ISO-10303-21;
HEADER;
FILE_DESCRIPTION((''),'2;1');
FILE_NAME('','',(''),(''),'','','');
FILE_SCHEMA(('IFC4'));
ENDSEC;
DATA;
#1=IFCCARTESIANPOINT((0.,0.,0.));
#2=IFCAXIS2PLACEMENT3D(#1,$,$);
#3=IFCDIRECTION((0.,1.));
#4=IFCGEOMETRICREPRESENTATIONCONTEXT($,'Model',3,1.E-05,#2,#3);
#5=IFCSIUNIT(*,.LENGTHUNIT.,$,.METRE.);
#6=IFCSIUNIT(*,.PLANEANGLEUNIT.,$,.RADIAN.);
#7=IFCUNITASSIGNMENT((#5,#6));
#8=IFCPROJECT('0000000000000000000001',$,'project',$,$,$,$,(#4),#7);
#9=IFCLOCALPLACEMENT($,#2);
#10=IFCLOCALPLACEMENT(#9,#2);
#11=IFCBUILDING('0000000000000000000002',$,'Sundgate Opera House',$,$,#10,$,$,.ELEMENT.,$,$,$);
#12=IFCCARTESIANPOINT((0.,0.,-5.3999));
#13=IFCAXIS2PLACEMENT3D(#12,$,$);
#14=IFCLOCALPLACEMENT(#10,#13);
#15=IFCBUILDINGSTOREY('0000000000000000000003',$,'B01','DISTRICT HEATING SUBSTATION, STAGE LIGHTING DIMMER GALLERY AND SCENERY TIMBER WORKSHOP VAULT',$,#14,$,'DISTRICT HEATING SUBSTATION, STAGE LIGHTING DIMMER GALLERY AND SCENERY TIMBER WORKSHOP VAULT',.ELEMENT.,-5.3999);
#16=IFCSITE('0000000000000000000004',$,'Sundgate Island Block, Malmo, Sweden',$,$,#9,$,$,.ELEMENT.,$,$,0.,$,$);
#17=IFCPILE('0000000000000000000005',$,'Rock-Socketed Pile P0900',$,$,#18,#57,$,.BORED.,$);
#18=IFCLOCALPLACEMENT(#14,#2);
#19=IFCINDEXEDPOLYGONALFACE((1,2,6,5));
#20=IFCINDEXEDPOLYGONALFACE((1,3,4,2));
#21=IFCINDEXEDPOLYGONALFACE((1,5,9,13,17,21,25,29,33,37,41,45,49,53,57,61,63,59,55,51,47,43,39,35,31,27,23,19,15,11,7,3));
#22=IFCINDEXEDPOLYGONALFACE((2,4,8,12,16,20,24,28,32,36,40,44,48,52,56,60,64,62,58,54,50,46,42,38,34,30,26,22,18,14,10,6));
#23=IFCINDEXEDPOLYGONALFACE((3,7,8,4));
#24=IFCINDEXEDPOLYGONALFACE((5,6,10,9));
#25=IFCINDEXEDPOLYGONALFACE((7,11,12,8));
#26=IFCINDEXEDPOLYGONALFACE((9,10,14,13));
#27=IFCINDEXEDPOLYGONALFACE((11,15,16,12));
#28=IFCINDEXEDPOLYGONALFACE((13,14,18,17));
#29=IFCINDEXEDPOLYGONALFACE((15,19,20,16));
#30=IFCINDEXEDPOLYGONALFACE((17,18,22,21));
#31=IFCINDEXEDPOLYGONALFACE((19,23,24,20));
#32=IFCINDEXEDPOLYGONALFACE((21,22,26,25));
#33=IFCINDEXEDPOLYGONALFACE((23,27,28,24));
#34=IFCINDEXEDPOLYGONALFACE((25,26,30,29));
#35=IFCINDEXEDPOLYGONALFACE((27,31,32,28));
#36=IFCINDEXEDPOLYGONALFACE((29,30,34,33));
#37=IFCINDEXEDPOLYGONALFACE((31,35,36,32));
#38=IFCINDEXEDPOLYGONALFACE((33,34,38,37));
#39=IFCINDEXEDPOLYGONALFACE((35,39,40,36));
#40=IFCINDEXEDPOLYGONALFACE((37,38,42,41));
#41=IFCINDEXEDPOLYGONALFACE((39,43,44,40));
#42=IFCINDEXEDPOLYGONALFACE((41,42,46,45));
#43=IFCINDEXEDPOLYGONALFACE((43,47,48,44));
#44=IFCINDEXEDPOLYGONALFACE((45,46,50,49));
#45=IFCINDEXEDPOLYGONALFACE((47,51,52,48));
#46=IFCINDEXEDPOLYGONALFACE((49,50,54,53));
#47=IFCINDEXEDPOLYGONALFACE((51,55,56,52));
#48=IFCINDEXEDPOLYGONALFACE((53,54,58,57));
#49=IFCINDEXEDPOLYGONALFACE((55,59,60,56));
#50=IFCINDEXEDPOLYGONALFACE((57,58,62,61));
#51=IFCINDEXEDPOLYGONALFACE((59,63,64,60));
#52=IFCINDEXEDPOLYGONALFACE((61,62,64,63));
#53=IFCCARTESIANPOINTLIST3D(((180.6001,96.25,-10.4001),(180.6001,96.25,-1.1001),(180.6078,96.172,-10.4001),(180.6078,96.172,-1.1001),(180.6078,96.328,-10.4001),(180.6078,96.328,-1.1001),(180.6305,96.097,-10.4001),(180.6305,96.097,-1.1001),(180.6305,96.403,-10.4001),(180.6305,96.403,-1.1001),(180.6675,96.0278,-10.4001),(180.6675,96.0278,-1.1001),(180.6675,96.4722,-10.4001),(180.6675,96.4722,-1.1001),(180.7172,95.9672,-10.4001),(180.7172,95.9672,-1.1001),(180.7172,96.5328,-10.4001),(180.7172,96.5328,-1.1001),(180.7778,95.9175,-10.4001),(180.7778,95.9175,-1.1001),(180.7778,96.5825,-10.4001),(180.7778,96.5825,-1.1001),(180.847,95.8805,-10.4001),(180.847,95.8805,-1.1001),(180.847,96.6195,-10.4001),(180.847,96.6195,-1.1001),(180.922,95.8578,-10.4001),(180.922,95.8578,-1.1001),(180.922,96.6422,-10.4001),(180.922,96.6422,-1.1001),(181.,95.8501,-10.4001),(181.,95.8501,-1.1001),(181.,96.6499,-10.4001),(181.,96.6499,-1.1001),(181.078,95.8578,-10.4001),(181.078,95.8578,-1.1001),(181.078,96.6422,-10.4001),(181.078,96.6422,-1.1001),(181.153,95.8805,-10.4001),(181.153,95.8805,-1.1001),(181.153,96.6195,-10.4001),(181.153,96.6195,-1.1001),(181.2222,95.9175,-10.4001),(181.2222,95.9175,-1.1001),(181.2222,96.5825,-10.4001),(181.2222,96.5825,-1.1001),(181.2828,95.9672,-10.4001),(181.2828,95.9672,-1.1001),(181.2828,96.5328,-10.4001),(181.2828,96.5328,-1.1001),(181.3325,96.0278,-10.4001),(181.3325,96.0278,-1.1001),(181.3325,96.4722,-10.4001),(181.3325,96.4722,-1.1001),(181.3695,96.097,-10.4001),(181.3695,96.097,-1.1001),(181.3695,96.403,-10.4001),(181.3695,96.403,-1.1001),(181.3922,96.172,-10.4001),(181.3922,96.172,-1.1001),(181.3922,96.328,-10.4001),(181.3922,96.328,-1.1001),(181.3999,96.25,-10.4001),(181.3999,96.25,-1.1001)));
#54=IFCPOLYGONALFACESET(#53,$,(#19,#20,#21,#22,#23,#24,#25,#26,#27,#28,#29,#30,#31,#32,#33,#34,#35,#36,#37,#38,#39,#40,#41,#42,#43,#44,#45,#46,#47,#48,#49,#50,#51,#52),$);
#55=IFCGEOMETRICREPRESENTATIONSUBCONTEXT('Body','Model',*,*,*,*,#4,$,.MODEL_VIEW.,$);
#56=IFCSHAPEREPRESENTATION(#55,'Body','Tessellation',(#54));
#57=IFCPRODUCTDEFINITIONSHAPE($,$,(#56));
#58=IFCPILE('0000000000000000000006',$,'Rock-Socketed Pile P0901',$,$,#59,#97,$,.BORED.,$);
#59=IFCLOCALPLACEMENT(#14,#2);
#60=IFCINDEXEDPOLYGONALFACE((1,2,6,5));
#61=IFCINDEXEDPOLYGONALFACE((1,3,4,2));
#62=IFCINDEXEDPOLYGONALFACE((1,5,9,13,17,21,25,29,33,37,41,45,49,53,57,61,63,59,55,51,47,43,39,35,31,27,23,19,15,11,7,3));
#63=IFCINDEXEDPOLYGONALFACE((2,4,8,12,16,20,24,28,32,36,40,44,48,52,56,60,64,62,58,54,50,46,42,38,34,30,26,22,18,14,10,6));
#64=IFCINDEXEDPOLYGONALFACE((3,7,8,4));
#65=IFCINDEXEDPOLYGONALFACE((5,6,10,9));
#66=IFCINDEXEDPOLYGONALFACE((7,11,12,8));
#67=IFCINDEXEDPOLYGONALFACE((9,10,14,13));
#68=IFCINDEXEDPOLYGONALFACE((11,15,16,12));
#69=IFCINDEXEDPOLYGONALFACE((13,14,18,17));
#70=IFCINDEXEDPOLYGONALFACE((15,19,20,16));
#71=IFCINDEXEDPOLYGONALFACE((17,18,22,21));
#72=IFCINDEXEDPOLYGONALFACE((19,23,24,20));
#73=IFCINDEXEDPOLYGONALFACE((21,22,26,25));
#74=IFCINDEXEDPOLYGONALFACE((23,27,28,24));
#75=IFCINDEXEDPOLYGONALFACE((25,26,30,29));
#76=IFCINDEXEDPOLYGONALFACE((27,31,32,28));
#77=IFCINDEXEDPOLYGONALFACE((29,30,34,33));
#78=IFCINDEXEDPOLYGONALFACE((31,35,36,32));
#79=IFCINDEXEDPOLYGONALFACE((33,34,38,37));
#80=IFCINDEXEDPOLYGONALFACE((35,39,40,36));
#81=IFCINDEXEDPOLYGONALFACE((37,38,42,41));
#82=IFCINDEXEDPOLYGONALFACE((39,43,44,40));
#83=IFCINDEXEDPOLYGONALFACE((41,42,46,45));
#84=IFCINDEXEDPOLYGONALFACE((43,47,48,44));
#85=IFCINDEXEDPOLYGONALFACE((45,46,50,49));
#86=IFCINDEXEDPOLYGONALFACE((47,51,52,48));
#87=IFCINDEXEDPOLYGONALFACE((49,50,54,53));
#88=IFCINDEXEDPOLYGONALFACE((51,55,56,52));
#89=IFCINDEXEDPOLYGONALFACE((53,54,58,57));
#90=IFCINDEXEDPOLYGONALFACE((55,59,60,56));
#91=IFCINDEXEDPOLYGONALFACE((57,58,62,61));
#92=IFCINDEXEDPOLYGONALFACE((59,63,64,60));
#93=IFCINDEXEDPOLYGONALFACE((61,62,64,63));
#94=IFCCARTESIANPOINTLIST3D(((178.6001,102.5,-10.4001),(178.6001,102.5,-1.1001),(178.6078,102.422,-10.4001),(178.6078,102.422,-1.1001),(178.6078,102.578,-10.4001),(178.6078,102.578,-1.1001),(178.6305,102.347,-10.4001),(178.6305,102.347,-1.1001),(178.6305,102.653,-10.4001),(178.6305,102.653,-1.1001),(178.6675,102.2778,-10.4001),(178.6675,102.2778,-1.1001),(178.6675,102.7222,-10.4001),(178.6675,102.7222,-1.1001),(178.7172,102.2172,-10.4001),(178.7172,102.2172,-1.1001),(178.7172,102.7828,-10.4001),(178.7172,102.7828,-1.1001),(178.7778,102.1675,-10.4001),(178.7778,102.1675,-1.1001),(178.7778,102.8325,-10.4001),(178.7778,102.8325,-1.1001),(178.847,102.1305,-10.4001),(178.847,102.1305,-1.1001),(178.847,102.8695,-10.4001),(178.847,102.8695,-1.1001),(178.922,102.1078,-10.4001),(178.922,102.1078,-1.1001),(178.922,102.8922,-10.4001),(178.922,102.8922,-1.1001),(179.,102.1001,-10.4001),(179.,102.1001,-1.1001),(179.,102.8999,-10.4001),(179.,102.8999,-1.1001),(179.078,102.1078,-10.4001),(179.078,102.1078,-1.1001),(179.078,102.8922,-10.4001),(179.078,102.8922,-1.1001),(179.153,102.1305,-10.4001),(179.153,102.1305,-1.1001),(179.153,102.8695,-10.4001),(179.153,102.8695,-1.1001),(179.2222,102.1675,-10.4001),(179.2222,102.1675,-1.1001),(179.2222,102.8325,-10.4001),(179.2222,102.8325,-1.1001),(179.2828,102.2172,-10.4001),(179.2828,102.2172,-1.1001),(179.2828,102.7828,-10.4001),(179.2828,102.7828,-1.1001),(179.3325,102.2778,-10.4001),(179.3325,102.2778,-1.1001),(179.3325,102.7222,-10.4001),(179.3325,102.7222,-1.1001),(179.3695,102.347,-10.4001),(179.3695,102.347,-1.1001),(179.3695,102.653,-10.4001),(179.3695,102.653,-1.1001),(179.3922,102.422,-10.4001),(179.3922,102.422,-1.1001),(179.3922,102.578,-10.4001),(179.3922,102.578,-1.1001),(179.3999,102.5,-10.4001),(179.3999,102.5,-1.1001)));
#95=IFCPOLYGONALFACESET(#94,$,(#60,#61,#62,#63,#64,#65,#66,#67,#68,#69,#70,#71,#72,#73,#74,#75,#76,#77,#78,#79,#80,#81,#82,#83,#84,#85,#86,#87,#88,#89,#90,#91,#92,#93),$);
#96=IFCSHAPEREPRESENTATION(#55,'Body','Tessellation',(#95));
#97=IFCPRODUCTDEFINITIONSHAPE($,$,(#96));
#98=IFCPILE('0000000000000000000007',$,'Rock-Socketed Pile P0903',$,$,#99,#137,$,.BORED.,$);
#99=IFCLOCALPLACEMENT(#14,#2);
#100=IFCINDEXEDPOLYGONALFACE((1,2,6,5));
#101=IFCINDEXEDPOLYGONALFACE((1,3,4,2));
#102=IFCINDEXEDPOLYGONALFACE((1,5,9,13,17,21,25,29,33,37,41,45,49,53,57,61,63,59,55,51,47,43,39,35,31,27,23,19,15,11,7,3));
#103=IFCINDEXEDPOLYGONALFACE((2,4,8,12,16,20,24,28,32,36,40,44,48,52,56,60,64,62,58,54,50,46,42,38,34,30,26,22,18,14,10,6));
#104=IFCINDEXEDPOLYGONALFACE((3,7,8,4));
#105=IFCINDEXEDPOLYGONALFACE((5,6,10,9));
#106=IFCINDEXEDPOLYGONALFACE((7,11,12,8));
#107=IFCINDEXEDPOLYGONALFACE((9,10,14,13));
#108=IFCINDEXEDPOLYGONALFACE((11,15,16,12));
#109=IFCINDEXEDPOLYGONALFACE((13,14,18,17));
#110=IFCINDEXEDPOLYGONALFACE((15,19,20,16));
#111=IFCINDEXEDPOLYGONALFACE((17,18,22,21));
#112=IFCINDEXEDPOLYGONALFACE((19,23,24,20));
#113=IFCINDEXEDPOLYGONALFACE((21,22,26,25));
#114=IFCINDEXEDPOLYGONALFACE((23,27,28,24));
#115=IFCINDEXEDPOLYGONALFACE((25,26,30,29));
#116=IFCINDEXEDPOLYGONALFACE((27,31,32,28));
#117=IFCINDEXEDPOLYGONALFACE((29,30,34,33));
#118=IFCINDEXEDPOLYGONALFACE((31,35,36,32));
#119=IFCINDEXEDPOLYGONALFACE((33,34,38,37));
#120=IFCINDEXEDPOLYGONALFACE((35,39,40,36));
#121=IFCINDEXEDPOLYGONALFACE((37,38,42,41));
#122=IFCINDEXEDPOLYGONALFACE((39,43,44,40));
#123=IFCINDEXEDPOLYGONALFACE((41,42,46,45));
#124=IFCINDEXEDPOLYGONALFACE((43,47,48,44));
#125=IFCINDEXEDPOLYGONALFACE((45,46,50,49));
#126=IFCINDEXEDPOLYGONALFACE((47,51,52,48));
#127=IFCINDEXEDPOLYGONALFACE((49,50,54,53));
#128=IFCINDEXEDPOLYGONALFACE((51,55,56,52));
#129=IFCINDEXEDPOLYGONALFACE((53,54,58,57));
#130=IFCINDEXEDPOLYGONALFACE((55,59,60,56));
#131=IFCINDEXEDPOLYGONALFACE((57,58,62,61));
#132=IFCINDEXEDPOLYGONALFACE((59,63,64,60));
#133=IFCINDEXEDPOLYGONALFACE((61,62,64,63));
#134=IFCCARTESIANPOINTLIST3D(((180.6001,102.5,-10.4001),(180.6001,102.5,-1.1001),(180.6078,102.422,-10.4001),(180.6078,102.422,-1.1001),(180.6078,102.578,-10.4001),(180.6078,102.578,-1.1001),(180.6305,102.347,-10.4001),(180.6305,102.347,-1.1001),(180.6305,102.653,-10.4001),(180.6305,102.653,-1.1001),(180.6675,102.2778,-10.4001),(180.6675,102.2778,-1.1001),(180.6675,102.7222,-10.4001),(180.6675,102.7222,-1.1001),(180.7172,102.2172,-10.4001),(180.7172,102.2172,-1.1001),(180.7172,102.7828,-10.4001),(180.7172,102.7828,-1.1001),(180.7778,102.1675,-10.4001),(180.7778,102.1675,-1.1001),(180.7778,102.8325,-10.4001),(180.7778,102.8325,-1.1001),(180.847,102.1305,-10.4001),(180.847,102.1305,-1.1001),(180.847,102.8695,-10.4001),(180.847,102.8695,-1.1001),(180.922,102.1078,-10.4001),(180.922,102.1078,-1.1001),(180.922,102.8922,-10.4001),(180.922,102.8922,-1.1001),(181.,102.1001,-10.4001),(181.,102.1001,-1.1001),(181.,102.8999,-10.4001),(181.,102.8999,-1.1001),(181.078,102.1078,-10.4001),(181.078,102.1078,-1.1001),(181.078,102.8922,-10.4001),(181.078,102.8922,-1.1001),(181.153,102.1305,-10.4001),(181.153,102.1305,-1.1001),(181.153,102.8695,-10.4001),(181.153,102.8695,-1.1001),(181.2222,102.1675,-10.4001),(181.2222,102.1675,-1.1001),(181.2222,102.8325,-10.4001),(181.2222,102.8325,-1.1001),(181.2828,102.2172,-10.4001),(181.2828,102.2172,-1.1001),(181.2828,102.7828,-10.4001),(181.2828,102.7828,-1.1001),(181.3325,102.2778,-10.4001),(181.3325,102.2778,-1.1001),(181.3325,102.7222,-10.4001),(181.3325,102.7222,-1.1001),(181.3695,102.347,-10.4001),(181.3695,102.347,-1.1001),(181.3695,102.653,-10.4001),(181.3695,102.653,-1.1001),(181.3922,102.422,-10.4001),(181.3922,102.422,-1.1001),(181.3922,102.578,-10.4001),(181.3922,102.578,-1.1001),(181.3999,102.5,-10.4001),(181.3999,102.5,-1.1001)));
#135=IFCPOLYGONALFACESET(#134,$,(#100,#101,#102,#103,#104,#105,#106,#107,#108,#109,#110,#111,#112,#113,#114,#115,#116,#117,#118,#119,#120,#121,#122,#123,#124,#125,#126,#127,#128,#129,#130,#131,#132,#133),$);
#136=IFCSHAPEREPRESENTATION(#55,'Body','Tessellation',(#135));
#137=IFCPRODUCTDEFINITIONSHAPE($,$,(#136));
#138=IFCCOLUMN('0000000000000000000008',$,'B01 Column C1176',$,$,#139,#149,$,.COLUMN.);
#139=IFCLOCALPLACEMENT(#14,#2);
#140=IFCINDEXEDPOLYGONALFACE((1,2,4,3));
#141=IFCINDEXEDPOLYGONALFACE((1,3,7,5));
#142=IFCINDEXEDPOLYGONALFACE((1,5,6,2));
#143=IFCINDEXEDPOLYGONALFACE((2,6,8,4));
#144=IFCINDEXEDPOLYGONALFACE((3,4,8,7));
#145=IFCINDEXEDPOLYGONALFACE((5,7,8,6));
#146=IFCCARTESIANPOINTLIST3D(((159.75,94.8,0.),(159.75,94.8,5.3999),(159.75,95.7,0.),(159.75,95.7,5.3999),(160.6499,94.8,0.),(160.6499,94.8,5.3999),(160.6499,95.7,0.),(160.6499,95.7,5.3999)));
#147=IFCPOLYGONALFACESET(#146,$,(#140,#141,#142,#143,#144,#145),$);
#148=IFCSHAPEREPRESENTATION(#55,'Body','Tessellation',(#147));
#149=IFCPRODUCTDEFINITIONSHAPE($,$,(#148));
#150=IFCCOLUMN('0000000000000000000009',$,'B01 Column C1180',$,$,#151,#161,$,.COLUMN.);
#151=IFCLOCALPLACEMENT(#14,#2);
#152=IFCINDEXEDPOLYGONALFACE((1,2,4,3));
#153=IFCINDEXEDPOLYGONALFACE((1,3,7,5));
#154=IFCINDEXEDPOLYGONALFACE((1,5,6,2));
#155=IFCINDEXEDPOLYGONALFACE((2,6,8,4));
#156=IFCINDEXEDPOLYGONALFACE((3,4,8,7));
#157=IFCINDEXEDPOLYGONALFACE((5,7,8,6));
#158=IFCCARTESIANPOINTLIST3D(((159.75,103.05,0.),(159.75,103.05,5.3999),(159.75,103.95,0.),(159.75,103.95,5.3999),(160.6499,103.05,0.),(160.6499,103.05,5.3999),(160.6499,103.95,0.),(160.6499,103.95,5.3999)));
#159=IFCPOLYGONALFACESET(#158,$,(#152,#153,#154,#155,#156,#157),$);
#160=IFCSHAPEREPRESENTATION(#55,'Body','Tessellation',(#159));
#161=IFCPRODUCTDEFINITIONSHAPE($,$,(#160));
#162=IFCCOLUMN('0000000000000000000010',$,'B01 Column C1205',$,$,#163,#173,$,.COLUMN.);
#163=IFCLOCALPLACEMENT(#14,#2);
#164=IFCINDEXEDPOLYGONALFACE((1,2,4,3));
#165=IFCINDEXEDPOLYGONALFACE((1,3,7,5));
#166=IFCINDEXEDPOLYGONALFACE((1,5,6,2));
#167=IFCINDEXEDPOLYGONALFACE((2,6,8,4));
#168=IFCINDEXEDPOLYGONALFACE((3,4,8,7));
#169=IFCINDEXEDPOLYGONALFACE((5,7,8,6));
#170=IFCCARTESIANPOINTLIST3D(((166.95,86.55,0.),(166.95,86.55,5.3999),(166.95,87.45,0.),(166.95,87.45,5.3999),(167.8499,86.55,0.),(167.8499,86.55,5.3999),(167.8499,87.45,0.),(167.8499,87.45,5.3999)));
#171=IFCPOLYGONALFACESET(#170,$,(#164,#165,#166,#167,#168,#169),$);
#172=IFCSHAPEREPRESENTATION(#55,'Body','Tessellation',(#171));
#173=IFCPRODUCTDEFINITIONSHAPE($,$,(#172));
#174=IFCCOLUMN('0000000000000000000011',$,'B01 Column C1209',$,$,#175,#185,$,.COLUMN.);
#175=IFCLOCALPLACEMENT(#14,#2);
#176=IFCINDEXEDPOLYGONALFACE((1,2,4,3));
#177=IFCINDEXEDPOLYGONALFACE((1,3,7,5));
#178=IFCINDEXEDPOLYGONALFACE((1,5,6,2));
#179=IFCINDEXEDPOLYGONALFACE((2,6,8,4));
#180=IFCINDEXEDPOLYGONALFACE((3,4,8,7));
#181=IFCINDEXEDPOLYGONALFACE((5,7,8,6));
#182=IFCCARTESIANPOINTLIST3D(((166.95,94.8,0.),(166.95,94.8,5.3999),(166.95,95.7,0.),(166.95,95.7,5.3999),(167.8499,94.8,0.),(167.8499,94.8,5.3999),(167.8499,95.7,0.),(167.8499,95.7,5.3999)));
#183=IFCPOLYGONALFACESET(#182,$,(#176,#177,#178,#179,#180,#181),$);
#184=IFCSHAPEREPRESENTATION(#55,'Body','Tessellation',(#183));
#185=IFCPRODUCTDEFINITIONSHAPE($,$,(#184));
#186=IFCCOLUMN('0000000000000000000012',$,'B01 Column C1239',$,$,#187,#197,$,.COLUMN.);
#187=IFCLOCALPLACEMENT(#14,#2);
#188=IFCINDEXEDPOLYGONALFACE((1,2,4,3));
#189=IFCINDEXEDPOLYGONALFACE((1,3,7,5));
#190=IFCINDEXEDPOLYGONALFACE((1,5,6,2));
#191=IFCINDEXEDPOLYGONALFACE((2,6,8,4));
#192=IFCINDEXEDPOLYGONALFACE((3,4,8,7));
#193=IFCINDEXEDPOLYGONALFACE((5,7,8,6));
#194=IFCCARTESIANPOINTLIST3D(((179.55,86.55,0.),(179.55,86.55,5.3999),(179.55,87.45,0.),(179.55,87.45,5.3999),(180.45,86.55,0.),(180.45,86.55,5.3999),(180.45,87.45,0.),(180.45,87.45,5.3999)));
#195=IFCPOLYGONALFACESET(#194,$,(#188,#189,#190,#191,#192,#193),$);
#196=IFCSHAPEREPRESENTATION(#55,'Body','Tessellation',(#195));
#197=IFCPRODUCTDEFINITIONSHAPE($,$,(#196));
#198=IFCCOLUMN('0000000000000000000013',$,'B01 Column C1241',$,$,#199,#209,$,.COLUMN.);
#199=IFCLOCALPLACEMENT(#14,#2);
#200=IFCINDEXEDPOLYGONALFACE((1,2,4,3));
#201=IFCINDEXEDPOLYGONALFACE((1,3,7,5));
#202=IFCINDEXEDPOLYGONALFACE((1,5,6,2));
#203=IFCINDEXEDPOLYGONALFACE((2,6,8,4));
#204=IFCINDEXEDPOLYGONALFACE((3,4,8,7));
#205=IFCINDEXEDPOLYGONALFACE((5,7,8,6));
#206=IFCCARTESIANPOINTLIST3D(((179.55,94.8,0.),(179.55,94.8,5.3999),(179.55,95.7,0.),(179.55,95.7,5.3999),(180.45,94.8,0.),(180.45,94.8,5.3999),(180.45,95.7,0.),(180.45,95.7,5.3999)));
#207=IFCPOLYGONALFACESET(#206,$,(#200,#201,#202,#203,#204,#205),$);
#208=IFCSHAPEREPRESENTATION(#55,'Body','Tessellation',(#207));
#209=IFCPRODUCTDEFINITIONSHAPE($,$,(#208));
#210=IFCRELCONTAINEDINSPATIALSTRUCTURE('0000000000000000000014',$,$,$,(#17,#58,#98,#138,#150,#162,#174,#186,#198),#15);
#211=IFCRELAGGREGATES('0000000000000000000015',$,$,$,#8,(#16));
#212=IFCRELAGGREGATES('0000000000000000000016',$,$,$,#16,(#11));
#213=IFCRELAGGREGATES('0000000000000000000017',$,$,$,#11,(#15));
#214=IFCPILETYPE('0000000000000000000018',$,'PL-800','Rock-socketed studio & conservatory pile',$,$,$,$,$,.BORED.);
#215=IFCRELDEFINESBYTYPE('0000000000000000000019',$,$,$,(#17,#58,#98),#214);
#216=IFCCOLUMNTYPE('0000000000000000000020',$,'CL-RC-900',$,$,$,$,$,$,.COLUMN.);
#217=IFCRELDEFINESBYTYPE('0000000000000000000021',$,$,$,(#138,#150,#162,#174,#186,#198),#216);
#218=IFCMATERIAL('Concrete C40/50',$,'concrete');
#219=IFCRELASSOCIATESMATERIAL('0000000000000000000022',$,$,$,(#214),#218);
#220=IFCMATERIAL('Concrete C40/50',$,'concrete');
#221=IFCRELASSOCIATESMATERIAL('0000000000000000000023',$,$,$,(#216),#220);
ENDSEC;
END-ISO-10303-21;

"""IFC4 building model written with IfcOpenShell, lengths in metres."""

from ifc_helpers import new_model, si_unit, direction, frame, origin, origin_2d, place, context, subcontext, project, spatial, rectangle, circle, extrude, material, material_profile, profile_set, type_object, element, save


model = new_model("IFC4")

# Units and contexts
model_context = context("Model", 3, precision=1e-05, world=origin(), true_north=direction((0.0, 1.0)))
body_context = subcontext(model_context, "Body", "Model", "MODEL_VIEW")
ifc_project = project(units=[si_unit("LENGTHUNIT", "METRE"), si_unit("PLANEANGLEUNIT", "RADIAN")], contexts=[model_context])

# Site, building, storey
site_placement = place(None, origin())
site = spatial("IfcSite", under=ifc_project, at=site_placement, Name="Sundgate Island Block, Malmo, Sweden", CompositionType="ELEMENT", RefElevation=0.0)
building_placement = place(site_placement, origin())
building = spatial("IfcBuilding", under=site, at=building_placement, Name="Sundgate Opera House", CompositionType="ELEMENT")
storey_placement = place(building_placement, frame((0.0, 0.0, -5.3999)))
storey = spatial("IfcBuildingStorey", under=building, at=storey_placement, Name="B01", Description="DISTRICT HEATING SUBSTATION, STAGE LIGHTING DIMMER GALLERY AND SCENERY TIMBER WORKSHOP VAULT", LongName="DISTRICT HEATING SUBSTATION, STAGE LIGHTING DIMMER GALLERY AND SCENERY TIMBER WORKSHOP VAULT", CompositionType="ELEMENT", Elevation=-5.3999)

# Piles
ifc_material_1 = material(Name="Concrete C40/50", Category="concrete")
ifc_material_profile_1 = material_profile(ifc_material_1, circle(Radius=0.3999, at=origin_2d()), Name="PILE D800")
ifc_profile_set_1 = profile_set([ifc_material_profile_1], Name="Concrete C40/50")
pile_type = type_object("IfcPileType", Name="PL-800", Description="Rock-socketed studio & conservatory pile", PredefinedType="BORED", material=ifc_profile_set_1)
for number, where, z_axis, x_axis, name in (
    (1, (181.0, 96.25, -1.1001), (0.0, 0.0, -1.0), (1.0, 0.0, 0.0), "Rock-Socketed Pile P0900"),
    (2, (179.0, 102.5, -1.1001), (0.0, 0.0, -1.0), (1.0, 0.0, 0.0), "Rock-Socketed Pile P0901"),
    (3, (181.0, 102.5, -1.1001), (0.0, 0.0, -1.0), (1.0, 0.0, 0.0), "Rock-Socketed Pile P0903"),
):
    element("IfcPile", number, at=place(storey_placement, frame(where, z_axis=z_axis, x_axis=x_axis)), inside=storey, type_object=pile_type, Name=name, PredefinedType="BORED", context=body_context, shape_type="SweptSolid", body=[
        extrude(circle(Radius=0.3999, at=origin_2d()), origin(), (0.0, 0.0, 1.0), 9.3),
    ])

# Columns
ifc_material_2 = material(Name="Concrete C40/50", Category="concrete")
ifc_material_profile_2 = material_profile(ifc_material_2, rectangle(XDim=0.8999, YDim=0.8999, at=origin_2d()), Name="RC 900x900")
ifc_profile_set_2 = profile_set([ifc_material_profile_2], Name="Concrete C40/50")
column_type = type_object("IfcColumnType", Name="CL-RC-900", PredefinedType="COLUMN", material=ifc_profile_set_2)
for number, where, z_axis, x_axis, name in (
    (4, (160.2, 95.25, 0.0), (0.0, 0.0, 1.0), (1.0, 0.0, 0.0), "B01 Column C1176"),
    (5, (160.2, 103.5, 0.0), (0.0, 0.0, 1.0), (1.0, 0.0, 0.0), "B01 Column C1180"),
    (6, (167.3999, 87.0, 0.0), (0.0, 0.0, 1.0), (1.0, 0.0, 0.0), "B01 Column C1205"),
    (7, (167.3999, 95.25, 0.0), (0.0, 0.0, 1.0), (1.0, 0.0, 0.0), "B01 Column C1209"),
    (8, (180.0, 87.0, 0.0), (0.0, 0.0, 1.0), (1.0, 0.0, 0.0), "B01 Column C1239"),
    (9, (180.0, 95.25, 0.0), (0.0, 0.0, 1.0), (1.0, 0.0, 0.0), "B01 Column C1241"),
):
    element("IfcColumn", number, at=place(storey_placement, frame(where, z_axis=z_axis, x_axis=x_axis)), inside=storey, type_object=column_type, Name=name, PredefinedType="COLUMN", context=body_context, shape_type="SweptSolid", body=[
        extrude(rectangle(XDim=0.8999, YDim=0.8999, at=origin_2d()), origin(), (0.0, 0.0, 1.0), 5.3999),
    ])

save(model, "model.ifc")
